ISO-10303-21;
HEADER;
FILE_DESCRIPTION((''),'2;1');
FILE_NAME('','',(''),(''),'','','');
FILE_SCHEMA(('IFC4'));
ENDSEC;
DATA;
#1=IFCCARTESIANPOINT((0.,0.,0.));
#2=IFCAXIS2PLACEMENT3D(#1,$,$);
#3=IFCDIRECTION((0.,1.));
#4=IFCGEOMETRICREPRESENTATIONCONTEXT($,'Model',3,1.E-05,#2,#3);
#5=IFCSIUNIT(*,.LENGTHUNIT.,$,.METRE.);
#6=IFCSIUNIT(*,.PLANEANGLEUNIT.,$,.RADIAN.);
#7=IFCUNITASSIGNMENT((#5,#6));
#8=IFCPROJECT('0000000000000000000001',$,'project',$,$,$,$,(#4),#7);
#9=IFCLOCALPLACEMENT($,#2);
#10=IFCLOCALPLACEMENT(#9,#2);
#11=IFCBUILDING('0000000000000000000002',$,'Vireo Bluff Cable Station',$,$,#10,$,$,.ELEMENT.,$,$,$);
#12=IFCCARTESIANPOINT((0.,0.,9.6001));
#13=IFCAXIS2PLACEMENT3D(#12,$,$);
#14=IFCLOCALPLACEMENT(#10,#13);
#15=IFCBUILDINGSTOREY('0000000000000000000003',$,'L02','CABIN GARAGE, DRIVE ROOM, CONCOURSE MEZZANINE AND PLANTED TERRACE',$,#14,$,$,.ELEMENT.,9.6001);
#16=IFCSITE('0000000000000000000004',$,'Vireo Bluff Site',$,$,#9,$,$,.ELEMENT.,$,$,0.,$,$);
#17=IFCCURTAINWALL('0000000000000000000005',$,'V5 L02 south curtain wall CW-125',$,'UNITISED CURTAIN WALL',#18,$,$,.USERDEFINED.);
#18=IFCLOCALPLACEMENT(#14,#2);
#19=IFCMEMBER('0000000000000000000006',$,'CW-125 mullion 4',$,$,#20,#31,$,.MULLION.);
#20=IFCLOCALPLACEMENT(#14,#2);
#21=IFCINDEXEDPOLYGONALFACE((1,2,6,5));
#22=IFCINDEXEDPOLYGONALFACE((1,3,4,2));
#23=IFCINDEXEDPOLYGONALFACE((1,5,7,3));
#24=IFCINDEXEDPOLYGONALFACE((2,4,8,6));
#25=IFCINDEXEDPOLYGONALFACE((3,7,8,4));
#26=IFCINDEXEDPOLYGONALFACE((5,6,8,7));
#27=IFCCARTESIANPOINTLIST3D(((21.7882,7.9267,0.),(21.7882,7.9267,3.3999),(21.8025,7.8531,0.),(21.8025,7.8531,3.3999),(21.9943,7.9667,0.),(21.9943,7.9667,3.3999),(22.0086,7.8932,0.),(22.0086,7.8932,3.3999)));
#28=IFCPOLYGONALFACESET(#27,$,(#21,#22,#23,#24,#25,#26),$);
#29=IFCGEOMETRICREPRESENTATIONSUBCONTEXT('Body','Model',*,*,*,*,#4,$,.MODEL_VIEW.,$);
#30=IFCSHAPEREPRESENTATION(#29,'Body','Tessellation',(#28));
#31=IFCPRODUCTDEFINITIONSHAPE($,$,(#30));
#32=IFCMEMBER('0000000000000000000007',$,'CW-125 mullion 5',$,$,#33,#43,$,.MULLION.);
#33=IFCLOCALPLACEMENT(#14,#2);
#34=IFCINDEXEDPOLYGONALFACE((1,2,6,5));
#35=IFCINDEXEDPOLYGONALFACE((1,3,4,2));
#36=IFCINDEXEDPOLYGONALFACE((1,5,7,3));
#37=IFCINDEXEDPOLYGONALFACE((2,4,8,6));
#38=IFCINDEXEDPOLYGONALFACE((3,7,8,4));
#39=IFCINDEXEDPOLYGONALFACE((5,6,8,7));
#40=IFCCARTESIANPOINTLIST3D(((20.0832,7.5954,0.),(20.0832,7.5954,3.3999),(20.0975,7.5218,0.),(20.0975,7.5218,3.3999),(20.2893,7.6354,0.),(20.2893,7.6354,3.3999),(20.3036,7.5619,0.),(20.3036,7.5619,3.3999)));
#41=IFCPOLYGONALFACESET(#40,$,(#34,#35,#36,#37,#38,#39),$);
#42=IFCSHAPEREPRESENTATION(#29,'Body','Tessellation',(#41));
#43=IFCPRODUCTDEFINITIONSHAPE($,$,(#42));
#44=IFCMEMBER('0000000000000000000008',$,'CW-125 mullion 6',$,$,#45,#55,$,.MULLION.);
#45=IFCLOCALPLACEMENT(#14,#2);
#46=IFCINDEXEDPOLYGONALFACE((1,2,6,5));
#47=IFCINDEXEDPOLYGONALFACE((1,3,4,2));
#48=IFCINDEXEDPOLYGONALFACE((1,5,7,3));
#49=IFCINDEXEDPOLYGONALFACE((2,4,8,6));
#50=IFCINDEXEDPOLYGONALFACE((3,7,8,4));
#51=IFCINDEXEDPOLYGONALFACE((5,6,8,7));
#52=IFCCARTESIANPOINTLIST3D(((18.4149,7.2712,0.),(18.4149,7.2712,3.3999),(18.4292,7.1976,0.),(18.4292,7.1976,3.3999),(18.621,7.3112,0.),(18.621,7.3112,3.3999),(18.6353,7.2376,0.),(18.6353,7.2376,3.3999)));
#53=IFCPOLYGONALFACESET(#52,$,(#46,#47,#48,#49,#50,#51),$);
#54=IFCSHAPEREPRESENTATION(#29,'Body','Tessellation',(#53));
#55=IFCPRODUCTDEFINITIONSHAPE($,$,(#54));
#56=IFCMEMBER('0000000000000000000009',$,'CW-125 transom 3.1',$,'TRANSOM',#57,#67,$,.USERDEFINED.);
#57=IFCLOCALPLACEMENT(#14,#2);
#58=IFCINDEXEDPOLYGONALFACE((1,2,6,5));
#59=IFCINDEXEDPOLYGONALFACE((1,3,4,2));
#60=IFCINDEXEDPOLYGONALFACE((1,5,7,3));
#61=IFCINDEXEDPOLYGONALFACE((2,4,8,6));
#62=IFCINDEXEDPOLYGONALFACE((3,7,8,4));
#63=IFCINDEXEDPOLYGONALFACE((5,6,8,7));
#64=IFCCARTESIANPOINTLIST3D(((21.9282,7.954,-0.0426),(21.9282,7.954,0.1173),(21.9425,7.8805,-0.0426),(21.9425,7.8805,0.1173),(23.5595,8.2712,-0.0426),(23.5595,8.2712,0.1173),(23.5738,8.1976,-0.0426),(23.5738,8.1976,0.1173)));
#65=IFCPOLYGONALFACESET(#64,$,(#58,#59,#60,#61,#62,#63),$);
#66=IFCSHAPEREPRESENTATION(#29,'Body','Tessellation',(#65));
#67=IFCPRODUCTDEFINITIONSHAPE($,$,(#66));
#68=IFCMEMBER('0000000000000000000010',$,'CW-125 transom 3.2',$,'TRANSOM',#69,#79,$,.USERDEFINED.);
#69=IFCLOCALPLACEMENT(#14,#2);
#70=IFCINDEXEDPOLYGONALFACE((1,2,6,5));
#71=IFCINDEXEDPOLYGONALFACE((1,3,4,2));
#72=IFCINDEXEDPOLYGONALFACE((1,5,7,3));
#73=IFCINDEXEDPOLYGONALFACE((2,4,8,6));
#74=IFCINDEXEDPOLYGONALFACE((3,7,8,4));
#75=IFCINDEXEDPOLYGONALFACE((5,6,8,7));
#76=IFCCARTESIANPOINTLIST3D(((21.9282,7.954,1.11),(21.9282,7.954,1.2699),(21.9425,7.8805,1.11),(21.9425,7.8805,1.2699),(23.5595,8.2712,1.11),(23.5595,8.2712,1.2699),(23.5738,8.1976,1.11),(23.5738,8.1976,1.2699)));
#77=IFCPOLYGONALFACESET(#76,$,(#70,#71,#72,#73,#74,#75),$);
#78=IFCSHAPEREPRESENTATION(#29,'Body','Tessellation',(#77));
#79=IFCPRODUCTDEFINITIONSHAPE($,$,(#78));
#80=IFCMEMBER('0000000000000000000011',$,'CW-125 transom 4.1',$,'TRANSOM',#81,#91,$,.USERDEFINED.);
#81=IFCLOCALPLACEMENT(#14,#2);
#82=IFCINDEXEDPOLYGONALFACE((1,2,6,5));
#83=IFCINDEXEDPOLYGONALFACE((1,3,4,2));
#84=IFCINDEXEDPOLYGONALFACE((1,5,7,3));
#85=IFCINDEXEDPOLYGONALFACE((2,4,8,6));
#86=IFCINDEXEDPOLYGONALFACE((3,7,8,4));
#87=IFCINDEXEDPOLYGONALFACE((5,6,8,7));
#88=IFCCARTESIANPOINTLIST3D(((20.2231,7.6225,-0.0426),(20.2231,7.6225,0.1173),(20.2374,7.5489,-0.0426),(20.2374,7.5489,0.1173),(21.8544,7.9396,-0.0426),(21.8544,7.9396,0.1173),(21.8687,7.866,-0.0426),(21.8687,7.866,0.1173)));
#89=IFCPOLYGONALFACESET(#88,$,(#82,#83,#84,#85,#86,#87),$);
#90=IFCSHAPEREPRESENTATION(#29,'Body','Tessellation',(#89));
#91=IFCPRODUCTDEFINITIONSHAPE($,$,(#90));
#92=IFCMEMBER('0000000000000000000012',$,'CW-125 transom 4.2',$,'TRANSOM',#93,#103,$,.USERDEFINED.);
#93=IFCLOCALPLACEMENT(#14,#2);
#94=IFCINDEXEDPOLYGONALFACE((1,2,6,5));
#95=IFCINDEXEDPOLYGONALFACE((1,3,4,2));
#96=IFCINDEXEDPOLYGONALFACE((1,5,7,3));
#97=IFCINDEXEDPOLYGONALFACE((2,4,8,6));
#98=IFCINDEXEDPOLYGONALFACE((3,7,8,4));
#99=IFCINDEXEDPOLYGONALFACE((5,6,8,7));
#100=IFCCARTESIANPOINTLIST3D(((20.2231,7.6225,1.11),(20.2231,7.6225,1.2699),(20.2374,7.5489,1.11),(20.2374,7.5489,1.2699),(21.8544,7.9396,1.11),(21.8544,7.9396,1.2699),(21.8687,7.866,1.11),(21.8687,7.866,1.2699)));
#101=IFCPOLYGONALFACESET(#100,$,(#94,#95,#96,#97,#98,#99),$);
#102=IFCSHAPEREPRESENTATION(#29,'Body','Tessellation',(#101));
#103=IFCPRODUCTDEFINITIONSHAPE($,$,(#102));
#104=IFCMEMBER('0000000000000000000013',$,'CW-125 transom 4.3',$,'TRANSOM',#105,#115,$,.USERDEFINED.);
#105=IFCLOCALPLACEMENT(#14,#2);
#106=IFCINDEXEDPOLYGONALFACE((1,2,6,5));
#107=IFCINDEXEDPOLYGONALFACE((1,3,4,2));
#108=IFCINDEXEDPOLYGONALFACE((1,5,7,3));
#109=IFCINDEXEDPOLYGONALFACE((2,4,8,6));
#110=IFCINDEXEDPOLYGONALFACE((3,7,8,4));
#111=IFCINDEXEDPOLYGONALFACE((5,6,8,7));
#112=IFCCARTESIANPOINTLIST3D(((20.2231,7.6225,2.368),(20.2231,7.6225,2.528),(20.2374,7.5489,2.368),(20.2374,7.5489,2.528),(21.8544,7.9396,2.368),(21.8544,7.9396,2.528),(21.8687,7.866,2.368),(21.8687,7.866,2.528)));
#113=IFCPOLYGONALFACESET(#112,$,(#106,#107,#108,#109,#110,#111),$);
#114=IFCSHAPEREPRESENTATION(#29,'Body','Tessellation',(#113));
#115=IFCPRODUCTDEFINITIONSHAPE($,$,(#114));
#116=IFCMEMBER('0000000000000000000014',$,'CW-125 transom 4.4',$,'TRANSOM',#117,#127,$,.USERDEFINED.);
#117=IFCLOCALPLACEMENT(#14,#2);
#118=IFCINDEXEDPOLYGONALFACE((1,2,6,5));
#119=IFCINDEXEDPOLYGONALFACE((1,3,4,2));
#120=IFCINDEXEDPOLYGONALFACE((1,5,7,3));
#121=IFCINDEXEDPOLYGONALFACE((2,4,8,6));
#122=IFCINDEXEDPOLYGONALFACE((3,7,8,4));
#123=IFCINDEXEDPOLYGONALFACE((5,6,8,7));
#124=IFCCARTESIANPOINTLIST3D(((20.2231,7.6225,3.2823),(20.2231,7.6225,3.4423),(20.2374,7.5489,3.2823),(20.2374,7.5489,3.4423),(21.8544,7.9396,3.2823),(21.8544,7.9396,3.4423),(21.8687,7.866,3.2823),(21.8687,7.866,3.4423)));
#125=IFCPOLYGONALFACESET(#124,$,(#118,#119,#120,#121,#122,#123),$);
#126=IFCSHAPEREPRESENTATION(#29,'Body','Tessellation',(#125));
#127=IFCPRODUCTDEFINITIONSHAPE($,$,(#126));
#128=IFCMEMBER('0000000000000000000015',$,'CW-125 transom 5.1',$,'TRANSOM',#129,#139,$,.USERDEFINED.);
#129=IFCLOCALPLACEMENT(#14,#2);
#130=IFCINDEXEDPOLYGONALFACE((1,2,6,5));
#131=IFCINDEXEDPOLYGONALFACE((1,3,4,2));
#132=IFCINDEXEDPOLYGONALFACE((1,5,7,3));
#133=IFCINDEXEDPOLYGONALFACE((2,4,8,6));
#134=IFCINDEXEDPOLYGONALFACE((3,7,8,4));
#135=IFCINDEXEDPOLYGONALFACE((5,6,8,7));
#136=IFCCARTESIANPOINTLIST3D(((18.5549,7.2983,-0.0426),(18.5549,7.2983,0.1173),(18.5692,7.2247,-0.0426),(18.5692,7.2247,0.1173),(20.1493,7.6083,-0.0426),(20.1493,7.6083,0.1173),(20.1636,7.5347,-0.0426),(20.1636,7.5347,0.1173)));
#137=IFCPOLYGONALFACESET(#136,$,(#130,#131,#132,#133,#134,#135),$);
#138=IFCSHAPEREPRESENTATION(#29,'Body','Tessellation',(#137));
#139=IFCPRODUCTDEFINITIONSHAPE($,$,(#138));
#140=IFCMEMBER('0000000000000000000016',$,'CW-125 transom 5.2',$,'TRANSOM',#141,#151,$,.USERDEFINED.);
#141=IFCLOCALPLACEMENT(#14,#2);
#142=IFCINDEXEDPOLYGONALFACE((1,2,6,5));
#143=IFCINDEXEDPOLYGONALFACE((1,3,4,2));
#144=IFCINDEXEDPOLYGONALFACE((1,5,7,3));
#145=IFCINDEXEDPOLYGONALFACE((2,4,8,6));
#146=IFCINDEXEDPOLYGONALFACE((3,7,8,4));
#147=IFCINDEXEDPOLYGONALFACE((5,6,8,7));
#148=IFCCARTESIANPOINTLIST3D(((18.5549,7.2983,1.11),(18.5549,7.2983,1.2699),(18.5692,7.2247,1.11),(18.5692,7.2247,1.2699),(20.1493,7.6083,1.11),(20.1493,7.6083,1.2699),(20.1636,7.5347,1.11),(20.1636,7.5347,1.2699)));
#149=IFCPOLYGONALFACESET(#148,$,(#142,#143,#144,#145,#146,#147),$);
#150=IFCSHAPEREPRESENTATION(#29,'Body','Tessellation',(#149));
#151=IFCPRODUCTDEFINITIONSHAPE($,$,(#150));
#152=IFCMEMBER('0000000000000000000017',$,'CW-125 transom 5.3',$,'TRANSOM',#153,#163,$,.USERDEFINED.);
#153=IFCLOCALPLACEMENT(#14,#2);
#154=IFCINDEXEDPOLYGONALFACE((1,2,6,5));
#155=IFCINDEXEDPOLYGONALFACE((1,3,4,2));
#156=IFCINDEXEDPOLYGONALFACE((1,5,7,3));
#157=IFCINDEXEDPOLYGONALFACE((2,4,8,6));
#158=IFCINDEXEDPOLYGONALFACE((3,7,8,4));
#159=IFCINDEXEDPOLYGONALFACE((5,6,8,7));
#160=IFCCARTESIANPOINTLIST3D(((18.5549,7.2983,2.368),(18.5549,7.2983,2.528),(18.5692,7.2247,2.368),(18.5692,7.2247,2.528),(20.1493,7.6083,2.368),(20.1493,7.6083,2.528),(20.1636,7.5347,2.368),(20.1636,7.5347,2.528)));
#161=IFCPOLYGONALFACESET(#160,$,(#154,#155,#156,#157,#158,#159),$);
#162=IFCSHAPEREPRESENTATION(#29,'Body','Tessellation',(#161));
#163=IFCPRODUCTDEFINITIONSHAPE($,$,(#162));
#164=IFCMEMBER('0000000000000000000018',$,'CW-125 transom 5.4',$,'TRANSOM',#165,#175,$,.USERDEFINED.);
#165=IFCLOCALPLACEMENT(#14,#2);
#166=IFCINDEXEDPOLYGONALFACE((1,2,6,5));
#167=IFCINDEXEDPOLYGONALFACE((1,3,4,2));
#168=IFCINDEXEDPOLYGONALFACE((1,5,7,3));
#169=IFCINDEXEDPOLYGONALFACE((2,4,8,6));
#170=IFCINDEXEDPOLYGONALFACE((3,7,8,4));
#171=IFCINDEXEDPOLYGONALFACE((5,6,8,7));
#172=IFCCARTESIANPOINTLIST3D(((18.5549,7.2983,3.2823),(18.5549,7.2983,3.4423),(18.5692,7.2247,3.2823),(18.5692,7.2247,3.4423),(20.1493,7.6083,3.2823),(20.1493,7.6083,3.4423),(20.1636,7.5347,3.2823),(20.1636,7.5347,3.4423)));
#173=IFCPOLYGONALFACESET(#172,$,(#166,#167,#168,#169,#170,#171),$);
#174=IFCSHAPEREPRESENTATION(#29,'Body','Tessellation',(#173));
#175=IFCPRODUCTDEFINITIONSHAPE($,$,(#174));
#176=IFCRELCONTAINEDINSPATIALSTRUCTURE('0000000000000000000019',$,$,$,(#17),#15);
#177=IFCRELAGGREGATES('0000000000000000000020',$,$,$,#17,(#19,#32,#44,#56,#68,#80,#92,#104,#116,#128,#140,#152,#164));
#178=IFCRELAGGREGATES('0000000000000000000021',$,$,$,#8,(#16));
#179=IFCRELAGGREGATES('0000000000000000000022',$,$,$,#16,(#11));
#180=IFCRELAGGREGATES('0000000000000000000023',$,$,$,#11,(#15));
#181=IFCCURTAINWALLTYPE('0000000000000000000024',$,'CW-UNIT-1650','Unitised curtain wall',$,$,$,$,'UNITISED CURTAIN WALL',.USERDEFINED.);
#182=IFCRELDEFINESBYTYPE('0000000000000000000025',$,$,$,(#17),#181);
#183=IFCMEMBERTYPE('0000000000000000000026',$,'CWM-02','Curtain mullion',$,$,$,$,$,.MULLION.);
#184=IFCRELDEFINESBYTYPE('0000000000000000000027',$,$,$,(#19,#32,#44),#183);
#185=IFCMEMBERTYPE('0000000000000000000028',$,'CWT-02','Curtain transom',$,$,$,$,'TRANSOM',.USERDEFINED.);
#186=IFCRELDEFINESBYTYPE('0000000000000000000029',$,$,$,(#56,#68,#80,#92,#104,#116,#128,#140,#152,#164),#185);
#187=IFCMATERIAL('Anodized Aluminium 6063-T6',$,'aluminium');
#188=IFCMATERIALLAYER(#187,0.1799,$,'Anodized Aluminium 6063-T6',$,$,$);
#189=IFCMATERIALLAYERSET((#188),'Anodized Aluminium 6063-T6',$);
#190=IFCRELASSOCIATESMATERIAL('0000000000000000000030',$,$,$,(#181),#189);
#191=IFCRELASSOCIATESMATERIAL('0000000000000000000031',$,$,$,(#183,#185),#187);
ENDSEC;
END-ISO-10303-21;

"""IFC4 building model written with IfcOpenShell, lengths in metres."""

from ifc_helpers import new_model, si_unit, direction, frame, origin, origin_2d, place, context, subcontext, project, spatial, rectangle, extrude, material, layer, layer_set, material_profile, profile_set, type_object, element, aggregate, save


model = new_model("IFC4")

# Units and contexts
model_context = context("Model", 3, precision=1e-05, world=origin(), true_north=direction((0.0, 1.0)))
body_context = subcontext(model_context, "Body", "Model", "MODEL_VIEW")
ifc_project = project(units=[si_unit("LENGTHUNIT", "METRE"), si_unit("PLANEANGLEUNIT", "RADIAN")], contexts=[model_context])

# Site, building, storey
site_placement = place(None, origin())
site = spatial("IfcSite", under=ifc_project, at=site_placement, Name="Vireo Bluff Site", CompositionType="ELEMENT", RefElevation=0.0)
building_placement = place(site_placement, origin())
building = spatial("IfcBuilding", under=site, at=building_placement, Name="Vireo Bluff Cable Station", CompositionType="ELEMENT")
storey_placement = place(building_placement, frame((0.0, 0.0, 9.6001)))
storey = spatial("IfcBuildingStorey", under=building, at=storey_placement, Name="L02", Description="CABIN GARAGE, DRIVE ROOM, CONCOURSE MEZZANINE AND PLANTED TERRACE", CompositionType="ELEMENT", Elevation=9.6001)

# Curtain wall, members
ifc_material_1 = material(Name="Anodized Aluminium 6063-T6", Category="aluminium")
ifc_layer_1 = layer(ifc_material_1, 0.1799, Name="Anodized Aluminium 6063-T6")
ifc_layer_set_1 = layer_set([ifc_layer_1], Name="Anodized Aluminium 6063-T6")
curtain_wall_type = type_object("IfcCurtainWallType", Name="CW-UNIT-1650", Description="Unitised curtain wall", ElementType="UNITISED CURTAIN WALL", PredefinedType="USERDEFINED", material=ifc_layer_set_1)
curtain_wall_placement = place(storey_placement, origin())
curtain_wall = element("IfcCurtainWall", 1, at=curtain_wall_placement, inside=storey, type_object=curtain_wall_type, Name="V5 L02 south curtain wall CW-125", ObjectType="UNITISED CURTAIN WALL", PredefinedType="USERDEFINED")
ifc_material_profile_1 = material_profile(ifc_material_1, rectangle(XDim=0.075, YDim=0.21, at=origin_2d()), Name="ALU-M-75X210")
ifc_profile_set_1 = profile_set([ifc_material_profile_1], Name="Anodized Aluminium 6063-T6")
member_type_1 = type_object("IfcMemberType", Name="CWM-02", Description="Curtain mullion", PredefinedType="MULLION", material=ifc_profile_set_1)
member_1_placement = place(storey_placement, frame((21.8984, 7.9099, 0.0), z_axis=(0.0, 0.0, 1.0), x_axis=(0.190809, -0.981627, 0.0)))
member_1 = element("IfcMember", 2, at=member_1_placement, type_object=member_type_1, Name="CW-125 mullion 4", PredefinedType="MULLION", context=body_context, shape_type="SweptSolid", body=[
    extrude(rectangle(XDim=0.075, YDim=0.21, at=origin_2d()), origin(), (0.0, 0.0, 1.0), 3.3999),
])
member_2_placement = place(storey_placement, frame((20.1934, 7.5786, 0.0), z_axis=(0.0, 0.0, 1.0), x_axis=(0.190809, -0.981627, 0.0)))
member_2 = element("IfcMember", 3, at=member_2_placement, type_object=member_type_1, Name="CW-125 mullion 5", PredefinedType="MULLION", context=body_context, shape_type="SweptSolid", body=[
    extrude(rectangle(XDim=0.075, YDim=0.21, at=origin_2d()), origin(), (0.0, 0.0, 1.0), 3.3999),
])
member_3_placement = place(storey_placement, frame((18.5251, 7.2544, 0.0), z_axis=(0.0, 0.0, 1.0), x_axis=(0.190809, -0.981627, 0.0)))
member_3 = element("IfcMember", 4, at=member_3_placement, type_object=member_type_1, Name="CW-125 mullion 6", PredefinedType="MULLION", context=body_context, shape_type="SweptSolid", body=[
    extrude(rectangle(XDim=0.075, YDim=0.21, at=origin_2d()), origin(), (0.0, 0.0, 1.0), 3.3999),
])
ifc_material_profile_2 = material_profile(ifc_material_1, rectangle(XDim=0.075, YDim=0.1599, at=origin_2d()), Name="ALU-T-75X160")
ifc_profile_set_2 = profile_set([ifc_material_profile_2], Name="Anodized Aluminium 6063-T6")
member_type_2 = type_object("IfcMemberType", Name="CWT-02", Description="Curtain transom", ElementType="TRANSOM", PredefinedType="USERDEFINED", material=ifc_profile_set_2)
member_4_placement = place(storey_placement, frame((23.5667, 8.2344, 0.0374), z_axis=(-0.981623, -0.19083, 0.0), x_axis=(0.19083, -0.981623, 0.0)))
member_4 = element("IfcMember", 5, at=member_4_placement, type_object=member_type_2, Name="CW-125 transom 3.1", ObjectType="TRANSOM", PredefinedType="USERDEFINED", context=body_context, shape_type="SweptSolid", body=[
    extrude(rectangle(XDim=0.075, YDim=0.1599, at=origin_2d()), origin(), (0.0, 0.0, 1.0), 1.6619),
])
member_5_placement = place(storey_placement, frame((23.5667, 8.2344, 1.1899), z_axis=(-0.981623, -0.19083, 0.0), x_axis=(0.19083, -0.981623, 0.0)))
member_5 = element("IfcMember", 6, at=member_5_placement, type_object=member_type_2, Name="CW-125 transom 3.2", ObjectType="TRANSOM", PredefinedType="USERDEFINED", context=body_context, shape_type="SweptSolid", body=[
    extrude(rectangle(XDim=0.075, YDim=0.1599, at=origin_2d()), origin(), (0.0, 0.0, 1.0), 1.6619),
])
member_6_placement = place(storey_placement, frame((21.8616, 7.9028, 0.0374), z_axis=(-0.981623, -0.19083, 0.0), x_axis=(0.19083, -0.981623, 0.0)))
member_6 = element("IfcMember", 7, at=member_6_placement, type_object=member_type_2, Name="CW-125 transom 4.1", ObjectType="TRANSOM", PredefinedType="USERDEFINED", context=body_context, shape_type="SweptSolid", body=[
    extrude(rectangle(XDim=0.075, YDim=0.1599, at=origin_2d()), origin(), (0.0, 0.0, 1.0), 1.6619),
])
member_7_placement = place(storey_placement, frame((21.8616, 7.9028, 1.1899), z_axis=(-0.981623, -0.19083, 0.0), x_axis=(0.19083, -0.981623, 0.0)))
member_7 = element("IfcMember", 8, at=member_7_placement, type_object=member_type_2, Name="CW-125 transom 4.2", ObjectType="TRANSOM", PredefinedType="USERDEFINED", context=body_context, shape_type="SweptSolid", body=[
    extrude(rectangle(XDim=0.075, YDim=0.1599, at=origin_2d()), origin(), (0.0, 0.0, 1.0), 1.6619),
])
member_8_placement = place(storey_placement, frame((21.8616, 7.9028, 2.448), z_axis=(-0.981623, -0.19083, 0.0), x_axis=(0.19083, -0.981623, 0.0)))
member_8 = element("IfcMember", 9, at=member_8_placement, type_object=member_type_2, Name="CW-125 transom 4.3", ObjectType="TRANSOM", PredefinedType="USERDEFINED", context=body_context, shape_type="SweptSolid", body=[
    extrude(rectangle(XDim=0.075, YDim=0.1599, at=origin_2d()), origin(), (0.0, 0.0, 1.0), 1.6619),
])
member_9_placement = place(storey_placement, frame((21.8616, 7.9028, 3.3623), z_axis=(-0.981623, -0.19083, 0.0), x_axis=(0.19083, -0.981623, 0.0)))
member_9 = element("IfcMember", 10, at=member_9_placement, type_object=member_type_2, Name="CW-125 transom 4.4", ObjectType="TRANSOM", PredefinedType="USERDEFINED", context=body_context, shape_type="SweptSolid", body=[
    extrude(rectangle(XDim=0.075, YDim=0.1599, at=origin_2d()), origin(), (0.0, 0.0, 1.0), 1.6619),
])
member_10_placement = place(storey_placement, frame((20.1565, 7.5715, 0.0374), z_axis=(-0.981613, -0.190882, 0.0), x_axis=(0.190882, -0.981613, 0.0)))
member_10 = element("IfcMember", 11, at=member_10_placement, type_object=member_type_2, Name="CW-125 transom 5.1", ObjectType="TRANSOM", PredefinedType="USERDEFINED", context=body_context, shape_type="SweptSolid", body=[
    extrude(rectangle(XDim=0.075, YDim=0.1599, at=origin_2d()), origin(), (0.0, 0.0, 1.0), 1.6243),
])
member_11_placement = place(storey_placement, frame((20.1565, 7.5715, 1.1899), z_axis=(-0.981613, -0.190882, 0.0), x_axis=(0.190882, -0.981613, 0.0)))
member_11 = element("IfcMember", 12, at=member_11_placement, type_object=member_type_2, Name="CW-125 transom 5.2", ObjectType="TRANSOM", PredefinedType="USERDEFINED", context=body_context, shape_type="SweptSolid", body=[
    extrude(rectangle(XDim=0.075, YDim=0.1599, at=origin_2d()), origin(), (0.0, 0.0, 1.0), 1.6243),
])
member_12_placement = place(storey_placement, frame((20.1565, 7.5715, 2.448), z_axis=(-0.981613, -0.190882, 0.0), x_axis=(0.190882, -0.981613, 0.0)))
member_12 = element("IfcMember", 13, at=member_12_placement, type_object=member_type_2, Name="CW-125 transom 5.3", ObjectType="TRANSOM", PredefinedType="USERDEFINED", context=body_context, shape_type="SweptSolid", body=[
    extrude(rectangle(XDim=0.075, YDim=0.1599, at=origin_2d()), origin(), (0.0, 0.0, 1.0), 1.6243),
])
member_13_placement = place(storey_placement, frame((20.1565, 7.5715, 3.3623), z_axis=(-0.981613, -0.190882, 0.0), x_axis=(0.190882, -0.981613, 0.0)))
member_13 = element("IfcMember", 14, at=member_13_placement, type_object=member_type_2, Name="CW-125 transom 5.4", ObjectType="TRANSOM", PredefinedType="USERDEFINED", context=body_context, shape_type="SweptSolid", body=[
    extrude(rectangle(XDim=0.075, YDim=0.1599, at=origin_2d()), origin(), (0.0, 0.0, 1.0), 1.6243),
])

aggregate(curtain_wall, [member_1, member_2, member_3, member_4, member_5, member_6, member_7, member_8, member_9, member_10, member_11, member_12, member_13])

save(model, "model.ifc")
